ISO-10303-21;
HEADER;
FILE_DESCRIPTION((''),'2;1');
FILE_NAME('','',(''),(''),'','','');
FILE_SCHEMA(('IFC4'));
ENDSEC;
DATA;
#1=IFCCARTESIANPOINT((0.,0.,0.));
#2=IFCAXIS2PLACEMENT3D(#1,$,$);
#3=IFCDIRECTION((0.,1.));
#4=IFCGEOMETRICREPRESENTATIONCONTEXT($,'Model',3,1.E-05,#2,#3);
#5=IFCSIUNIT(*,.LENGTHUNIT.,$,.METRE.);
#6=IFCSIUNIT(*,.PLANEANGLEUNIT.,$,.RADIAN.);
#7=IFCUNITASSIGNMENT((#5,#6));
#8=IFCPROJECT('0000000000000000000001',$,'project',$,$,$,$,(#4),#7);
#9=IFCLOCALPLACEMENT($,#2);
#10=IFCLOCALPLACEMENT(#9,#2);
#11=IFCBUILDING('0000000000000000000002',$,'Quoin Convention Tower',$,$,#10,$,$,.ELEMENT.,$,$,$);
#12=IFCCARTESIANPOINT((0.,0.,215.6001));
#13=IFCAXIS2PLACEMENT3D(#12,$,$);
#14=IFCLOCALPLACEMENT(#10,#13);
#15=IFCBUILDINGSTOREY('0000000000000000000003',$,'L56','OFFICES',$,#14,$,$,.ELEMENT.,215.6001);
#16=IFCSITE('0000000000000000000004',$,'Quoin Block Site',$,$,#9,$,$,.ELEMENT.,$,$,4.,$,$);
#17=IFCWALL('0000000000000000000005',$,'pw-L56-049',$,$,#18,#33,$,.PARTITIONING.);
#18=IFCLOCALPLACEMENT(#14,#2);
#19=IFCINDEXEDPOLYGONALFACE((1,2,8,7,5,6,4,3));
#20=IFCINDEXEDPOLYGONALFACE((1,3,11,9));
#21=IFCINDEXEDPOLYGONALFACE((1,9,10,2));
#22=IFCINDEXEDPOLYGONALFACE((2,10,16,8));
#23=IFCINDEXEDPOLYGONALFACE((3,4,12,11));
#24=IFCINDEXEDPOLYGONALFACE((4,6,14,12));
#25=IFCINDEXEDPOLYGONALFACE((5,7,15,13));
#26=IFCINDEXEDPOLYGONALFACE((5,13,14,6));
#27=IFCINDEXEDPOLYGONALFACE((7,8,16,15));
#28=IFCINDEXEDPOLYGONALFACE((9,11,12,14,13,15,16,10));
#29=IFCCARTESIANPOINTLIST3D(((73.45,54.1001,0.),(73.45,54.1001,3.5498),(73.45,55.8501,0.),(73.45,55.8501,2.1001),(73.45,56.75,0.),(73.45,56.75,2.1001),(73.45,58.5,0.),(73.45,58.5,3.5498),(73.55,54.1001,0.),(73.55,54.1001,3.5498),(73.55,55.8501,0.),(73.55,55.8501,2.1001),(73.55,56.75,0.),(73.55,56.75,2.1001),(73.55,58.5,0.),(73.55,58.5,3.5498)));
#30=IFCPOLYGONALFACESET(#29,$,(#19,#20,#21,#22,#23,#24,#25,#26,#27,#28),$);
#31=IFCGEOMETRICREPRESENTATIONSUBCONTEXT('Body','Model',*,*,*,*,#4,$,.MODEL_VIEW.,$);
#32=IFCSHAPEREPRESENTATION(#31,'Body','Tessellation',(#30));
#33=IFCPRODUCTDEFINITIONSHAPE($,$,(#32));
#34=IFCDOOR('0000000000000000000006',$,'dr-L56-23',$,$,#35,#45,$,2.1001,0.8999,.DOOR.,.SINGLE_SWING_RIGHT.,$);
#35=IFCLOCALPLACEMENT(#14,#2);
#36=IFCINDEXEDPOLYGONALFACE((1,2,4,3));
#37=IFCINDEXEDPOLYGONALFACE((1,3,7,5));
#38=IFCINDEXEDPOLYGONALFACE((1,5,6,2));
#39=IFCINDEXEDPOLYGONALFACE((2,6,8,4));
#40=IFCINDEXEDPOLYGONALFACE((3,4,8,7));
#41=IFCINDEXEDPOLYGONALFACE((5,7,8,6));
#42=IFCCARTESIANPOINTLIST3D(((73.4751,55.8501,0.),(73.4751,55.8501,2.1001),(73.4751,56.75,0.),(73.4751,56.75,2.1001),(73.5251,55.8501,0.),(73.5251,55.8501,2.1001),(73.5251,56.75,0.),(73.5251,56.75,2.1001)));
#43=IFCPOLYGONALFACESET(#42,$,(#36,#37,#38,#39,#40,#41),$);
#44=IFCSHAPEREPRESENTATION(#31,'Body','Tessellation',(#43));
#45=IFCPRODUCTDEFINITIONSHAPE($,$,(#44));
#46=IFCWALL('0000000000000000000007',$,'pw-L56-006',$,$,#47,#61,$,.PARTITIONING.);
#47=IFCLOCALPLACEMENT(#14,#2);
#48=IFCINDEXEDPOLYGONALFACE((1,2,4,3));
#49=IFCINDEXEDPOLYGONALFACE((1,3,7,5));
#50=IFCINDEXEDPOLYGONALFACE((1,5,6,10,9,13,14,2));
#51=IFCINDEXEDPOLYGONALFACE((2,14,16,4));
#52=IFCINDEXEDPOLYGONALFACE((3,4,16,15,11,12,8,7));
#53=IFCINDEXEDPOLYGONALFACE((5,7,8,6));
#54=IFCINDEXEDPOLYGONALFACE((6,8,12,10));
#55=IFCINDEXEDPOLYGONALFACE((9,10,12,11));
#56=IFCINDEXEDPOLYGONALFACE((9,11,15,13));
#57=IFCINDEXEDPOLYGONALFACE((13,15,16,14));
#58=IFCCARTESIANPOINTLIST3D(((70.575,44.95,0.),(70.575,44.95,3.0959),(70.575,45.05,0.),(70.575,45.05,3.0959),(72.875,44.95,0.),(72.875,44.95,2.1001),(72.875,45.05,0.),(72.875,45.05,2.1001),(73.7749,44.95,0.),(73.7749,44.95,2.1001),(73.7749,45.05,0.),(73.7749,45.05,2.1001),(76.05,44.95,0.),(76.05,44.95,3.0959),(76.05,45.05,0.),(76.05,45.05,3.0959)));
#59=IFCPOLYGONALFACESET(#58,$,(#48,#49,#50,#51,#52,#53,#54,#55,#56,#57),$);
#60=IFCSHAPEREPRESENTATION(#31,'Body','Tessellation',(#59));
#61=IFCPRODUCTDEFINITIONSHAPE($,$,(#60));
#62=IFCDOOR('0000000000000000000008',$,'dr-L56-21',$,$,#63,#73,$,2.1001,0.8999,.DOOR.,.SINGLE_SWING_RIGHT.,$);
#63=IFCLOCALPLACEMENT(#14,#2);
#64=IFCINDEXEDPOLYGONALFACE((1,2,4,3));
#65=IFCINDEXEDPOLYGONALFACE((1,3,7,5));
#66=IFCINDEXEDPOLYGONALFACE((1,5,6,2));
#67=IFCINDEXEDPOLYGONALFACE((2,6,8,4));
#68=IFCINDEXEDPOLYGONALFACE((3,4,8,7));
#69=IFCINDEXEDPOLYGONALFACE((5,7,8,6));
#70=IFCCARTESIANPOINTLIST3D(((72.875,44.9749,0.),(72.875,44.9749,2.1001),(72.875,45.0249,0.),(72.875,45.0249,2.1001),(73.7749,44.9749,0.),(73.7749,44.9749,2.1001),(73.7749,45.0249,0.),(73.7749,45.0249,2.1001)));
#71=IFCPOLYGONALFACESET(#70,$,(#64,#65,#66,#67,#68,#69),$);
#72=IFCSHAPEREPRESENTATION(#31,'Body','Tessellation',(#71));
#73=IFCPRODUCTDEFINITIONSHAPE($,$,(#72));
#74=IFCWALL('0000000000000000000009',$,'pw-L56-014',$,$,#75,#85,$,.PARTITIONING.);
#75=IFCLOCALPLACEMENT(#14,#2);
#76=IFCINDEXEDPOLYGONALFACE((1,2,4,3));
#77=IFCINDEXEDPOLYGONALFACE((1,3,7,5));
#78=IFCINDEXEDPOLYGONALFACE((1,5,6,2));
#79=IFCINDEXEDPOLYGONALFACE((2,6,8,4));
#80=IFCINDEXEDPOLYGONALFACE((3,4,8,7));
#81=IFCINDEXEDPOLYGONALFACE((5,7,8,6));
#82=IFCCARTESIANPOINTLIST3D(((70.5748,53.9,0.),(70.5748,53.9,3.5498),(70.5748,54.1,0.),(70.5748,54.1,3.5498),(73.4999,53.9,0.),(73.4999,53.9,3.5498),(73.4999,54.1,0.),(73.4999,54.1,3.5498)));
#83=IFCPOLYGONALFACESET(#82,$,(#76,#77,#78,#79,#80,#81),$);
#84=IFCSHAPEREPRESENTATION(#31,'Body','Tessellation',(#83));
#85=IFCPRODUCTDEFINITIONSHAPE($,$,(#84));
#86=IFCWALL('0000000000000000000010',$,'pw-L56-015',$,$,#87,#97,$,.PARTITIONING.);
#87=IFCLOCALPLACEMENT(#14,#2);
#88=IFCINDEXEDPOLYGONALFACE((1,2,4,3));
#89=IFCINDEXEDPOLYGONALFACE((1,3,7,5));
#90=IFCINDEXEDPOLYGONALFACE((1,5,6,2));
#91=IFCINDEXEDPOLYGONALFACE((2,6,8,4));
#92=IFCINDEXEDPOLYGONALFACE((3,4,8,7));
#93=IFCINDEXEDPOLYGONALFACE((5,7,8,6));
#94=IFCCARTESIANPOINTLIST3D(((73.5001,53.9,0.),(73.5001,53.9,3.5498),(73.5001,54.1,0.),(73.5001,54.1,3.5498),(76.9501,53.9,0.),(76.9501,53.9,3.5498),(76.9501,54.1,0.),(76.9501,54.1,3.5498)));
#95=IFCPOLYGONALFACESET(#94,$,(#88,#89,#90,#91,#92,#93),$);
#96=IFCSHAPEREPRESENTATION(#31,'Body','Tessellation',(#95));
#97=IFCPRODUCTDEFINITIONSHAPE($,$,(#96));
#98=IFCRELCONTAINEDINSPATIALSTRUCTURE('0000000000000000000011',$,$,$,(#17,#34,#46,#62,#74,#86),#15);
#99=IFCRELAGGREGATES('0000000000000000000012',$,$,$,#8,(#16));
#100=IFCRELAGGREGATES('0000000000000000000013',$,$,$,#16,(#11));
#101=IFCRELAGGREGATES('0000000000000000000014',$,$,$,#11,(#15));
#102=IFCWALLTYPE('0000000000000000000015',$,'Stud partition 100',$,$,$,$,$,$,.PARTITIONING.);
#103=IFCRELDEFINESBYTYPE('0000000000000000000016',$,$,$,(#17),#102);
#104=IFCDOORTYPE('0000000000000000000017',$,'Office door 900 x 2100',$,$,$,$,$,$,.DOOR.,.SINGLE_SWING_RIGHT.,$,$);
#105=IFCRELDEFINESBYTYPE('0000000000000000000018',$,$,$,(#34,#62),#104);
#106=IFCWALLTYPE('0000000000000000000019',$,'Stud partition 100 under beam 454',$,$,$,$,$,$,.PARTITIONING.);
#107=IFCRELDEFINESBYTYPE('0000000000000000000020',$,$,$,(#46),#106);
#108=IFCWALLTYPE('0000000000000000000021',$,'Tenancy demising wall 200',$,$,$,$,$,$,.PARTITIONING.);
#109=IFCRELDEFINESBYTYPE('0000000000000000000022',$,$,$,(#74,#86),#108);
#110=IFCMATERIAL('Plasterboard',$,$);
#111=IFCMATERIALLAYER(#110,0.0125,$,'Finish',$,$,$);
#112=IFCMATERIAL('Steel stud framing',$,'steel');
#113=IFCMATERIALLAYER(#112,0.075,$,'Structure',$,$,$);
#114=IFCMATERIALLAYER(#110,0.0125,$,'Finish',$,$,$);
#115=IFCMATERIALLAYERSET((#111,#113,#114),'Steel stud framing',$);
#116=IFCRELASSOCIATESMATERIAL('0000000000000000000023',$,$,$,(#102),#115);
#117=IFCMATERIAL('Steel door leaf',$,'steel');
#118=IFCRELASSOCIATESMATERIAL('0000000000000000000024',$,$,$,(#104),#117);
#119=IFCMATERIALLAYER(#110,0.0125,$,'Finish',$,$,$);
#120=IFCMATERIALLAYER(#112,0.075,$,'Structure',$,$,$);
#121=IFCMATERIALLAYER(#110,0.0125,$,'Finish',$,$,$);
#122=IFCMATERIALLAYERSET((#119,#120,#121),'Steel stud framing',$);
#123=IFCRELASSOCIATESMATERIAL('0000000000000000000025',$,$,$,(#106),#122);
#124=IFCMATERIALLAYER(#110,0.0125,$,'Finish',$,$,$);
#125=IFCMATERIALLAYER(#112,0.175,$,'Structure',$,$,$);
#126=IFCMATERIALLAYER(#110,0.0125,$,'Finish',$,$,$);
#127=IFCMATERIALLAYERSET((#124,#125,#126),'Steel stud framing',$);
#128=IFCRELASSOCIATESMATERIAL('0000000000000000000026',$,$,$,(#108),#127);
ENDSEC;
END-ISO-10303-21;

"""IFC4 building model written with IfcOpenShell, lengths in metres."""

from ifc_helpers import new_model, si_unit, direction, frame, frame_2d, origin, place, context, subcontext, project, spatial, rectangle, extrude, material, layer, layer_set, type_object, element, fill, save


model = new_model("IFC4")

# Units and contexts
model_context = context("Model", 3, precision=1e-05, world=origin(), true_north=direction((0.0, 1.0)))
body_context = subcontext(model_context, "Body", "Model", "MODEL_VIEW")
ifc_project = project(units=[si_unit("LENGTHUNIT", "METRE"), si_unit("PLANEANGLEUNIT", "RADIAN")], contexts=[model_context])

# Site, building, storey
site_placement = place(None, origin())
site = spatial("IfcSite", under=ifc_project, at=site_placement, Name="Quoin Block Site", CompositionType="ELEMENT", RefElevation=4.0)
building_placement = place(site_placement, origin())
building = spatial("IfcBuilding", under=site, at=building_placement, Name="Quoin Convention Tower", CompositionType="ELEMENT")
storey_placement = place(building_placement, frame((0.0, 0.0, 215.6001)))
storey = spatial("IfcBuildingStorey", under=building, at=storey_placement, Name="L56", Description="OFFICES", CompositionType="ELEMENT", Elevation=215.6001)

# Shared definitions
ifc_material_1 = material(Name="Plasterboard")
ifc_material_2 = material(Name="Steel stud framing", Category="steel")

# Shared definitions
ifc_material_3 = material(Name="Steel door leaf", Category="steel")

# Shared definitions
ifc_layer_1 = layer(ifc_material_1, 0.0125, Name="Finish")
ifc_layer_2 = layer(ifc_material_2, 0.075, Name="Structure")
ifc_layer_3 = layer(ifc_material_1, 0.0125, Name="Finish")
ifc_layer_set_1 = layer_set([ifc_layer_1, ifc_layer_2, ifc_layer_3], Name="Steel stud framing")
wall_type_1 = type_object("IfcWallType", Name="Stud partition 100", PredefinedType="PARTITIONING", material=ifc_layer_set_1)

# Walls, openings, doors
wall_1_placement = place(storey_placement, frame((73.5, 54.1001, 0.0), z_axis=(0.0, 0.0, 1.0), x_axis=(0.0, 1.0, 0.0)))
wall_1 = element("IfcWall", 1, at=wall_1_placement, inside=storey, type_object=wall_type_1, Name="pw-L56-049", PredefinedType="PARTITIONING", context=body_context, shape_type="SweptSolid", body=[
    extrude(rectangle(XDim=4.3999, YDim=0.1001, at=frame_2d((2.2, 0.0))), origin(), (0.0, 0.0, 1.0), 3.5498),
])
opening_1_placement = place(wall_1_placement, frame((1.75, 0.0, 0.0)))
opening_1 = element("IfcOpeningElement", 2, at=opening_1_placement, cuts=wall_1, PredefinedType="OPENING", context=body_context, shape_type="SweptSolid", body=[
    extrude(rectangle(XDim=0.8999, YDim=2.1001, at=frame_2d((0.45, 1.05))), frame((0.0, 0.0601, 0.0), z_axis=(0.0, -1.0, 0.0), x_axis=(1.0, 0.0, 0.0)), (0.0, 0.0, 1.0), 0.1201),
])
door_type_1 = type_object("IfcDoorType", Name="Office door 900 x 2100", OperationType="SINGLE_SWING_RIGHT", PredefinedType="DOOR", material=ifc_material_3)
door_1_placement = place(opening_1_placement, origin())
door_1 = element("IfcDoor", 3, at=door_1_placement, inside=storey, type_object=door_type_1, Name="dr-L56-23", OperationType="SINGLE_SWING_RIGHT", OverallHeight=2.1001, OverallWidth=0.8999, PredefinedType="DOOR", context=body_context, shape_type="SweptSolid", body=[
    extrude(rectangle(XDim=0.8999, YDim=2.1001, at=frame_2d((0.45, 1.05))), frame((0.0, 0.0249, 0.0), z_axis=(0.0, -1.0, 0.0), x_axis=(1.0, 0.0, 0.0)), (0.0, 0.0, 1.0), 0.05),
])
fill(opening_1, door_1)
ifc_layer_4 = layer(ifc_material_1, 0.0125, Name="Finish")
ifc_layer_5 = layer(ifc_material_2, 0.075, Name="Structure")
ifc_layer_6 = layer(ifc_material_1, 0.0125, Name="Finish")
ifc_layer_set_2 = layer_set([ifc_layer_4, ifc_layer_5, ifc_layer_6], Name="Steel stud framing")
wall_type_2 = type_object("IfcWallType", Name="Stud partition 100 under beam 454", PredefinedType="PARTITIONING", material=ifc_layer_set_2)
wall_2_placement = place(storey_placement, frame((70.575, 45.0, 0.0), z_axis=(0.0, 0.0, 1.0), x_axis=(1.0, 0.0, 0.0)))
wall_2 = element("IfcWall", 4, at=wall_2_placement, inside=storey, type_object=wall_type_2, Name="pw-L56-006", PredefinedType="PARTITIONING", context=body_context, shape_type="SweptSolid", body=[
    extrude(rectangle(XDim=5.4751, YDim=0.1001, at=frame_2d((2.7375, 0.0))), origin(), (0.0, 0.0, 1.0), 3.0959),
])
opening_2_placement = place(wall_2_placement, frame((2.3, 0.0, 0.0)))
opening_2 = element("IfcOpeningElement", 5, at=opening_2_placement, cuts=wall_2, PredefinedType="OPENING", context=body_context, shape_type="SweptSolid", body=[
    extrude(rectangle(XDim=0.8999, YDim=2.1001, at=frame_2d((0.45, 1.05))), frame((0.0, 0.0601, 0.0), z_axis=(0.0, -1.0, 0.0), x_axis=(1.0, 0.0, 0.0)), (0.0, 0.0, 1.0), 0.1201),
])
door_2_placement = place(opening_2_placement, origin())
door_2 = element("IfcDoor", 6, at=door_2_placement, inside=storey, type_object=door_type_1, Name="dr-L56-21", OperationType="SINGLE_SWING_RIGHT", OverallHeight=2.1001, OverallWidth=0.8999, PredefinedType="DOOR", context=body_context, shape_type="SweptSolid", body=[
    extrude(rectangle(XDim=0.8999, YDim=2.1001, at=frame_2d((0.45, 1.05))), frame((0.0, 0.0249, 0.0), z_axis=(0.0, -1.0, 0.0), x_axis=(1.0, 0.0, 0.0)), (0.0, 0.0, 1.0), 0.05),
])
fill(opening_2, door_2)

# Walls
ifc_layer_7 = layer(ifc_material_1, 0.0125, Name="Finish")
ifc_layer_8 = layer(ifc_material_2, 0.175, Name="Structure")
ifc_layer_9 = layer(ifc_material_1, 0.0125, Name="Finish")
ifc_layer_set_3 = layer_set([ifc_layer_7, ifc_layer_8, ifc_layer_9], Name="Steel stud framing")
wall_type_3 = type_object("IfcWallType", Name="Tenancy demising wall 200", PredefinedType="PARTITIONING", material=ifc_layer_set_3)
wall_3_placement = place(storey_placement, frame((70.575, 54.0, 0.0), z_axis=(0.0, 0.0, 1.0), x_axis=(1.0, 0.0, 0.0)))
element("IfcWall", 7, at=wall_3_placement, inside=storey, type_object=wall_type_3, Name="pw-L56-014", PredefinedType="PARTITIONING", context=body_context, shape_type="SweptSolid", body=[
    extrude(rectangle(XDim=2.925, YDim=0.2, at=frame_2d((1.4624, 0.0))), origin(), (0.0, 0.0, 1.0), 3.5498),
])
wall_4_placement = place(storey_placement, frame((73.5, 54.0, 0.0), z_axis=(0.0, 0.0, 1.0), x_axis=(1.0, 0.0, 0.0)))
element("IfcWall", 8, at=wall_4_placement, inside=storey, type_object=wall_type_3, Name="pw-L56-015", PredefinedType="PARTITIONING", context=body_context, shape_type="SweptSolid", body=[
    extrude(rectangle(XDim=3.45, YDim=0.2, at=frame_2d((1.7251, 0.0))), origin(), (0.0, 0.0, 1.0), 3.5498),
])

save(model, "model.ifc")
